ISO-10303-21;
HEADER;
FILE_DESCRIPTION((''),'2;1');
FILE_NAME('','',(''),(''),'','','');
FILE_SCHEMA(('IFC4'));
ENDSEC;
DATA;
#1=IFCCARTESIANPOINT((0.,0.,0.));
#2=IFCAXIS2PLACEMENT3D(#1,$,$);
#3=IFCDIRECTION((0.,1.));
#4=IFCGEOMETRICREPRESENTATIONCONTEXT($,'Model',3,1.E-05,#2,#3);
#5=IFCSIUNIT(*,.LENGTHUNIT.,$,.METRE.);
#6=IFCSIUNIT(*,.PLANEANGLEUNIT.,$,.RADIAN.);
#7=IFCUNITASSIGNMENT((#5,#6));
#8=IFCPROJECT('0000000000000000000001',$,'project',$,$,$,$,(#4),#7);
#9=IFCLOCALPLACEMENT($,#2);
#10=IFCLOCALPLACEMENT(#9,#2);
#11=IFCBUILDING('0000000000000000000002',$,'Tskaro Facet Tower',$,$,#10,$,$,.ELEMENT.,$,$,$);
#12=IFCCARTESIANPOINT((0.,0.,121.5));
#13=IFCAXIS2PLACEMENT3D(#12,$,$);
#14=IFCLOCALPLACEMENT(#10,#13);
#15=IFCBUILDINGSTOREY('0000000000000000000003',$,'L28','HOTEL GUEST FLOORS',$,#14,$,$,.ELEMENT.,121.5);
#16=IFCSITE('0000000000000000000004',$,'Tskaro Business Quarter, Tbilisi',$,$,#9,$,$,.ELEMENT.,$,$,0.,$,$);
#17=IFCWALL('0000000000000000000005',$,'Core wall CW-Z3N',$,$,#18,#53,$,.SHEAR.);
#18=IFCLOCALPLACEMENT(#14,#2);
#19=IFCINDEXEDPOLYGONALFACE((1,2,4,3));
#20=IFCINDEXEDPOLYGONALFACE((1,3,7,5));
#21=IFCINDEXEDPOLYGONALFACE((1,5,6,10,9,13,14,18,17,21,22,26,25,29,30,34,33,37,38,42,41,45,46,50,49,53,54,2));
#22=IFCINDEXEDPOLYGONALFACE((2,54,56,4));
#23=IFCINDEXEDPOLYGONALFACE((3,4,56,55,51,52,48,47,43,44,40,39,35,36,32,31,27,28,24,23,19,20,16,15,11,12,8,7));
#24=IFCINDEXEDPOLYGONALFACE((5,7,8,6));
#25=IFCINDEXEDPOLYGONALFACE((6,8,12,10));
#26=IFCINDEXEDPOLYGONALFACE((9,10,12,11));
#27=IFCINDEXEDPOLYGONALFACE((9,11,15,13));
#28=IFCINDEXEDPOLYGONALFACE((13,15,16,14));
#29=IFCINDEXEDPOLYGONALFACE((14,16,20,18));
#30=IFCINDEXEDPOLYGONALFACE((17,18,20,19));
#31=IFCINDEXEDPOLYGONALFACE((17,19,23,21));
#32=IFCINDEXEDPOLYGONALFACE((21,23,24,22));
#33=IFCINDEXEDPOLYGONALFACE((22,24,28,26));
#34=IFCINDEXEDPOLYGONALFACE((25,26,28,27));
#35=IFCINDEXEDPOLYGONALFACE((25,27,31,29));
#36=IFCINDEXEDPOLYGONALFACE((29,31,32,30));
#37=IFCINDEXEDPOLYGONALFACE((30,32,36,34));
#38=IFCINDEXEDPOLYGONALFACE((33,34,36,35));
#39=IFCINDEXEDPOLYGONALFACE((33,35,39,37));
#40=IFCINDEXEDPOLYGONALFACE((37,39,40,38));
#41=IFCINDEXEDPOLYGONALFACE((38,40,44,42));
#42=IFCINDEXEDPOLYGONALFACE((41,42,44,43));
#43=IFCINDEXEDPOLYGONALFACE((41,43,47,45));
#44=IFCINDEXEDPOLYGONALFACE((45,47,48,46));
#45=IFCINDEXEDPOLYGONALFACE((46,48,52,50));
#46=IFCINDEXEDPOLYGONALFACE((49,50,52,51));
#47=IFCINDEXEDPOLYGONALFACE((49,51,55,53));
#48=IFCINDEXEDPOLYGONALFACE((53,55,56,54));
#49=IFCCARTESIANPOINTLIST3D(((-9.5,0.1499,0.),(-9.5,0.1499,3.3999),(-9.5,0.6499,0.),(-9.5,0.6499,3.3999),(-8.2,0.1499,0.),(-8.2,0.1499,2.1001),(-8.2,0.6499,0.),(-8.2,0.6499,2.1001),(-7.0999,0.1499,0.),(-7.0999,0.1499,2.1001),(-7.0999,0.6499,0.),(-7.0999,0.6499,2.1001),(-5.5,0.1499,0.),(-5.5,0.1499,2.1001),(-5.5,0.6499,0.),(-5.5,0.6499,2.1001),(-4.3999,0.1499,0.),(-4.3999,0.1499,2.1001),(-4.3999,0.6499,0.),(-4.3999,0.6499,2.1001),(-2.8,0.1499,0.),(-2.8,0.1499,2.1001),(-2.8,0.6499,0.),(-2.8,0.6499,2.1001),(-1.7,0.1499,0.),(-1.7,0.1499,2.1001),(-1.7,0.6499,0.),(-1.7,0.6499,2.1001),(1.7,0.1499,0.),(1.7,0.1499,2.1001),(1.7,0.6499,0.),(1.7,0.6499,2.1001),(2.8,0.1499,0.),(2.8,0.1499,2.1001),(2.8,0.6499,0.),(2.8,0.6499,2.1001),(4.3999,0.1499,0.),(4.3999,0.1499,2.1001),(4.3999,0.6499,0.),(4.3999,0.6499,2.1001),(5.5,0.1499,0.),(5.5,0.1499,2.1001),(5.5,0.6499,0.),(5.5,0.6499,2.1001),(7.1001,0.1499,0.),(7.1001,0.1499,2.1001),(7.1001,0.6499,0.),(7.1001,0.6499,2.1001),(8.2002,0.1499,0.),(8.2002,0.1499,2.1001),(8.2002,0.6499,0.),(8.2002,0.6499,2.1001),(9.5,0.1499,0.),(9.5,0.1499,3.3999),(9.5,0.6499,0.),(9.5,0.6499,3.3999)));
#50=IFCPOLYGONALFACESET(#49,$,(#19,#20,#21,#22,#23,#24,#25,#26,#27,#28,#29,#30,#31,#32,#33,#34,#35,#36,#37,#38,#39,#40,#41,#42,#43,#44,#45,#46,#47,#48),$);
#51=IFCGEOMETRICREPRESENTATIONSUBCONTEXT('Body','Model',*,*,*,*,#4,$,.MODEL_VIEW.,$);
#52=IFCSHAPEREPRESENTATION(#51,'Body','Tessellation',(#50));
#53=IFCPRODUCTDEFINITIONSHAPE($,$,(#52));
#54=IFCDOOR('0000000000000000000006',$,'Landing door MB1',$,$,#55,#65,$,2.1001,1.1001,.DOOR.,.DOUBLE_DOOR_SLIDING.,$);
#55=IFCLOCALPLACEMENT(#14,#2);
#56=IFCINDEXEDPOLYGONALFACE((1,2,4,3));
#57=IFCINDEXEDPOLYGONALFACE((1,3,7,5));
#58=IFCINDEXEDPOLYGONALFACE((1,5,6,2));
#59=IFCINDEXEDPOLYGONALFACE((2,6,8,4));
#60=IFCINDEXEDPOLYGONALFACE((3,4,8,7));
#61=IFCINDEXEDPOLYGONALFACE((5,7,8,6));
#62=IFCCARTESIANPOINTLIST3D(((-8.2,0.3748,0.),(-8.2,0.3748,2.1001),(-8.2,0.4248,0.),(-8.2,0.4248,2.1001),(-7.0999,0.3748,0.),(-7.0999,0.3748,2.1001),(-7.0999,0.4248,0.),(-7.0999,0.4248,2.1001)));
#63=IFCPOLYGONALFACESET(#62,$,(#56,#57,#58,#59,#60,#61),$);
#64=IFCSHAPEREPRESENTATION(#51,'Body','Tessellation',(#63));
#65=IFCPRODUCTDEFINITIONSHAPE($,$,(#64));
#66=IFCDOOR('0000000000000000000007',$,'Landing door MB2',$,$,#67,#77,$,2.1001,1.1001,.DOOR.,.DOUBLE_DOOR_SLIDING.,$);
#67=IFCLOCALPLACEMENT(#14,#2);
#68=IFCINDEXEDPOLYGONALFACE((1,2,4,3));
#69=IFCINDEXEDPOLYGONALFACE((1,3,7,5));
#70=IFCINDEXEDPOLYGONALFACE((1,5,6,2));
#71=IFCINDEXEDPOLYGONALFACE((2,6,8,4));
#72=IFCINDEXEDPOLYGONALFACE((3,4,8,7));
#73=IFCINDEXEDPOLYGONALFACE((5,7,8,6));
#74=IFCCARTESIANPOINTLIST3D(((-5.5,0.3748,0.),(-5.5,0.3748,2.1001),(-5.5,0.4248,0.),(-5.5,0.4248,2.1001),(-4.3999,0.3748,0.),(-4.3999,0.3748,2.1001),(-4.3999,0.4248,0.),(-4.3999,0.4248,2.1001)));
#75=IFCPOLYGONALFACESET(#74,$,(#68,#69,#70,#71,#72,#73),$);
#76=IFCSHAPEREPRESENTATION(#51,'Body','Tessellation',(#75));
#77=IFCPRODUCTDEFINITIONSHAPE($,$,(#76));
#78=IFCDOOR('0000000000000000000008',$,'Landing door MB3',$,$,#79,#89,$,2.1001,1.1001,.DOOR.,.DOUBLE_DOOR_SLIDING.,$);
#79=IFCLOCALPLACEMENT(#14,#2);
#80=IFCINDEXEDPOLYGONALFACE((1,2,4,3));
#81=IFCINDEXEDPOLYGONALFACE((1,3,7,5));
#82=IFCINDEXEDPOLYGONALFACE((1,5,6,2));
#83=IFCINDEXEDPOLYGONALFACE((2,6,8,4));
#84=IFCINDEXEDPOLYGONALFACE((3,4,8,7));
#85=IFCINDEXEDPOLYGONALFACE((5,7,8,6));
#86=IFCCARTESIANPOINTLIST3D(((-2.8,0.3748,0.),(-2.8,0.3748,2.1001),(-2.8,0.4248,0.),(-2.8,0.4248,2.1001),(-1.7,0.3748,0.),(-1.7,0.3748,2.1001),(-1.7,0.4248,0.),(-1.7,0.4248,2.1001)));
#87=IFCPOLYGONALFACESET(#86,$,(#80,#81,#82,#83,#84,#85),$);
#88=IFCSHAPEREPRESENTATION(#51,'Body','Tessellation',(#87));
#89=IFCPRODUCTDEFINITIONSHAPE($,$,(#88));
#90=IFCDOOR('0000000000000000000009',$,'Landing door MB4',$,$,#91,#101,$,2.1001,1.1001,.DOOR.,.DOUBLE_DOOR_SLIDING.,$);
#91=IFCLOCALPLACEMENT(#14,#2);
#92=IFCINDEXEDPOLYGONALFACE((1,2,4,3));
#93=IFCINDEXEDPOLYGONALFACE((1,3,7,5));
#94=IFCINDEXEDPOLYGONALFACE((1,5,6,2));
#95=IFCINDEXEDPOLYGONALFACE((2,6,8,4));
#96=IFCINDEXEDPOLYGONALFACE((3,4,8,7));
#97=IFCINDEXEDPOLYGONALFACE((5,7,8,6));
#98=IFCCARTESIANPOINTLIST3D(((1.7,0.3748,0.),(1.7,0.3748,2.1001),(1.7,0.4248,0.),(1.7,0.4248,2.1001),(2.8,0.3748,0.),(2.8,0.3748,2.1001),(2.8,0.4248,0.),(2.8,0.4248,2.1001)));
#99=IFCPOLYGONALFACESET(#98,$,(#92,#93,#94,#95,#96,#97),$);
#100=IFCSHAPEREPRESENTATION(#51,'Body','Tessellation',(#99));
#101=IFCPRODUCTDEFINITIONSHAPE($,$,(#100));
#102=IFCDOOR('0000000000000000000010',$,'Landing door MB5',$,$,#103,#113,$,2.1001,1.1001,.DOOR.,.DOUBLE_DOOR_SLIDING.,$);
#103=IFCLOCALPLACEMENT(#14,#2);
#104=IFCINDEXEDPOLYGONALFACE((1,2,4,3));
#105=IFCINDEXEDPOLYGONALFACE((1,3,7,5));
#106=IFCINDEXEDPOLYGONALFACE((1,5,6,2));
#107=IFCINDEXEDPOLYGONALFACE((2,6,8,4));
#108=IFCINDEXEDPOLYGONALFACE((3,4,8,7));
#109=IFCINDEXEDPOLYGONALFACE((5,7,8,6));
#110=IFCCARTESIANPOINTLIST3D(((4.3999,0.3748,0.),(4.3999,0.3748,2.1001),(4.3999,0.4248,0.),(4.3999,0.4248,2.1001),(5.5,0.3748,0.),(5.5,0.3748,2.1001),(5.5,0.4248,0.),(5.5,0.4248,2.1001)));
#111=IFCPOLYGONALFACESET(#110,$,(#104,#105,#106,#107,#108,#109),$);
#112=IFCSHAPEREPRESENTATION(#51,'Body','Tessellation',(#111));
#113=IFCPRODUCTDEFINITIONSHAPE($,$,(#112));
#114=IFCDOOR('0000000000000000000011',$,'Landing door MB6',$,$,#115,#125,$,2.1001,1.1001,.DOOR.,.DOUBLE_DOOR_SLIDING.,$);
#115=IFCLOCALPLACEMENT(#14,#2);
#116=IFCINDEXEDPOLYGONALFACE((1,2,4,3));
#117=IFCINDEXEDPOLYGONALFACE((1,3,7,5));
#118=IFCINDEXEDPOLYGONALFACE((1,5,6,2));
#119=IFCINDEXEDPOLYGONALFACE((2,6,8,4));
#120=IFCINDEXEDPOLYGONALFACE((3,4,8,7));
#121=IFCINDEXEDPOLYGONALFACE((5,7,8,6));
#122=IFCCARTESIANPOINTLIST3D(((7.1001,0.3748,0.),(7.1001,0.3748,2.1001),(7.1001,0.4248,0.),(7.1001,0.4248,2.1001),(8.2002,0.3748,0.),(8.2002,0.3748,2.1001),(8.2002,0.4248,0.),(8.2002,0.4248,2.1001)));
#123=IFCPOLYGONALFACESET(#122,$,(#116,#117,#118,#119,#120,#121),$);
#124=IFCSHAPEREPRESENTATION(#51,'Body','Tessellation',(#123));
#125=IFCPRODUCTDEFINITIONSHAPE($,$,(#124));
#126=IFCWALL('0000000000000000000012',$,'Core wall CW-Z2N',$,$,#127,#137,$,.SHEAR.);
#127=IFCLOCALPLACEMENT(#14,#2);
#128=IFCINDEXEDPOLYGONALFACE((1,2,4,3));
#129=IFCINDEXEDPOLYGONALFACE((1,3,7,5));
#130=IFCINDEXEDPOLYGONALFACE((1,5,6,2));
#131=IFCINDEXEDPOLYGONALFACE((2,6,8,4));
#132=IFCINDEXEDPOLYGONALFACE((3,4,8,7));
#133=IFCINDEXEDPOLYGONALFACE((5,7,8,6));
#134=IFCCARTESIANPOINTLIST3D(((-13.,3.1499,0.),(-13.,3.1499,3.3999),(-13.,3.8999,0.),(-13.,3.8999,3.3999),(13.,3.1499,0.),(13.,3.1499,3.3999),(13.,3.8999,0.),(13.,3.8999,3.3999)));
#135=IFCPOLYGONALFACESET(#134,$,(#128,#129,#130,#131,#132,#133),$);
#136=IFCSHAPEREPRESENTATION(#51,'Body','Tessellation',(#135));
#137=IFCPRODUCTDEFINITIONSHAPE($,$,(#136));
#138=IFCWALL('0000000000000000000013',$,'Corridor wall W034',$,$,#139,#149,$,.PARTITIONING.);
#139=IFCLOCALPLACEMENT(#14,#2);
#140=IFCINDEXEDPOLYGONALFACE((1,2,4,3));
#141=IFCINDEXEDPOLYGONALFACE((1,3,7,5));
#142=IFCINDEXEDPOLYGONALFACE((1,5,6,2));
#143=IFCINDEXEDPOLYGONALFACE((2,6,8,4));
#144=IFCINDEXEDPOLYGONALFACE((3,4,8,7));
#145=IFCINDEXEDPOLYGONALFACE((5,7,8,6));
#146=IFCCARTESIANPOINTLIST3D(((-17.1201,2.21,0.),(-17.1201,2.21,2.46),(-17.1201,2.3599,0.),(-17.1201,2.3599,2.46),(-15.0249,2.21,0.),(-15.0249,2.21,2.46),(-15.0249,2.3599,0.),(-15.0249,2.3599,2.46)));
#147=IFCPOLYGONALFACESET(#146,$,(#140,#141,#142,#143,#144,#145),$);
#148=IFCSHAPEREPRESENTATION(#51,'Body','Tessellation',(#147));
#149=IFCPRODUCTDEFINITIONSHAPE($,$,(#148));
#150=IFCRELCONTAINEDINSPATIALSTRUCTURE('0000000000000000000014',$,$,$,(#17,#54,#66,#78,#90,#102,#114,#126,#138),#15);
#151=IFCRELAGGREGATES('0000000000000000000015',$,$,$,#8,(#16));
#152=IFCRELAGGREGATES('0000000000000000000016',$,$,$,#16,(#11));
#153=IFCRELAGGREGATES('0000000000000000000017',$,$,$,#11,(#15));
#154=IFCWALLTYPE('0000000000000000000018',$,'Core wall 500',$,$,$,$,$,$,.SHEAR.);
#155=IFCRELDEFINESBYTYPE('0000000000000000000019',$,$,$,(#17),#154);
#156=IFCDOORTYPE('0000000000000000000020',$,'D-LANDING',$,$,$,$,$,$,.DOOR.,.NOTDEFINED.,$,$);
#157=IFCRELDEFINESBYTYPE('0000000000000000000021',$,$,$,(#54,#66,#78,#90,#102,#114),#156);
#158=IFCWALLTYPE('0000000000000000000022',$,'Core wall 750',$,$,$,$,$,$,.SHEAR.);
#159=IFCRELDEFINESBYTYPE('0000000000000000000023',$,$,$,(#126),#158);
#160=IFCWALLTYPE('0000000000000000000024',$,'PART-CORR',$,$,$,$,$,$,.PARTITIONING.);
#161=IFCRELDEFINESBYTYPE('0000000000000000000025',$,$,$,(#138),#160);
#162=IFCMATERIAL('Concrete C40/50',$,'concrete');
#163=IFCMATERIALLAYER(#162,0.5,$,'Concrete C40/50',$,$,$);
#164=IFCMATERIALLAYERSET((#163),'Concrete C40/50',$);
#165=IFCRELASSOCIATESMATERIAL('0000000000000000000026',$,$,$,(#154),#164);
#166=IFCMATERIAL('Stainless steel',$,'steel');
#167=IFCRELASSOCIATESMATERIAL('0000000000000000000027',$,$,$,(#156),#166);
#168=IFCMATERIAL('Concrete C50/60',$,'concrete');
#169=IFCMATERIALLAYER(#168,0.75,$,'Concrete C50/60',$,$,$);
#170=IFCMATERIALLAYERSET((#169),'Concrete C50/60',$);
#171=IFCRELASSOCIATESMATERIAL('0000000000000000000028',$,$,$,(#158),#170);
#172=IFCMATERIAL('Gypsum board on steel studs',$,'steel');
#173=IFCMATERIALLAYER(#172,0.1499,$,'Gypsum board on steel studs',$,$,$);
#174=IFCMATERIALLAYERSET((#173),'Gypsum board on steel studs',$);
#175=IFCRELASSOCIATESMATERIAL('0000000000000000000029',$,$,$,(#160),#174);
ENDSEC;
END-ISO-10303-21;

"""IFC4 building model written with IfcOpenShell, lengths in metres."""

from ifc_helpers import new_model, si_unit, direction, frame, frame_2d, origin, place, context, subcontext, project, spatial, rectangle, extrude, material, layer, layer_set, type_object, element, fill, save


model = new_model("IFC4")

# Units and contexts
model_context = context("Model", 3, precision=1e-05, world=origin(), true_north=direction((0.0, 1.0)))
body_context = subcontext(model_context, "Body", "Model", "MODEL_VIEW")
ifc_project = project(units=[si_unit("LENGTHUNIT", "METRE"), si_unit("PLANEANGLEUNIT", "RADIAN")], contexts=[model_context])

# Site, building, storey
site_placement = place(None, origin())
site = spatial("IfcSite", under=ifc_project, at=site_placement, Name="Tskaro Business Quarter, Tbilisi", CompositionType="ELEMENT", RefElevation=0.0)
building_placement = place(site_placement, origin())
building = spatial("IfcBuilding", under=site, at=building_placement, Name="Tskaro Facet Tower", CompositionType="ELEMENT")
storey_placement = place(building_placement, frame((0.0, 0.0, 121.5)))
storey = spatial("IfcBuildingStorey", under=building, at=storey_placement, Name="L28", Description="HOTEL GUEST FLOORS", CompositionType="ELEMENT", Elevation=121.5)

# Wall, openings, doors
ifc_material_1 = material(Name="Concrete C40/50", Category="concrete")
ifc_layer_1 = layer(ifc_material_1, 0.5, Name="Concrete C40/50")
ifc_layer_set_1 = layer_set([ifc_layer_1], Name="Concrete C40/50")
wall_type_1 = type_object("IfcWallType", Name="Core wall 500", PredefinedType="SHEAR", material=ifc_layer_set_1)
wall_1_placement = place(storey_placement, frame((-9.5, 0.3999, 0.0), z_axis=(0.0, 0.0, 1.0), x_axis=(1.0, 0.0, 0.0)))
wall_1 = element("IfcWall", 1, at=wall_1_placement, inside=storey, type_object=wall_type_1, Name="Core wall CW-Z3N", PredefinedType="SHEAR", context=body_context, shape_type="SweptSolid", body=[
    extrude(rectangle(XDim=19.0, YDim=0.5, at=frame_2d((9.5, 0.0))), origin(), (0.0, 0.0, 1.0), 3.3999),
])
opening_1_placement = place(wall_1_placement, frame((1.3, 0.0, 0.0)))
opening_1 = element("IfcOpeningElement", 2, at=opening_1_placement, cuts=wall_1, PredefinedType="OPENING", context=body_context, shape_type="SweptSolid", body=[
    extrude(rectangle(XDim=1.1001, YDim=2.1001, at=frame_2d((0.55, 1.05))), frame((0.0, 0.26, 0.0), z_axis=(0.0, -1.0, 0.0), x_axis=(1.0, 0.0, 0.0)), (0.0, 0.0, 1.0), 0.52),
])
opening_2_placement = place(wall_1_placement, frame((4.0, 0.0, 0.0)))
opening_2 = element("IfcOpeningElement", 3, at=opening_2_placement, cuts=wall_1, PredefinedType="OPENING", context=body_context, shape_type="SweptSolid", body=[
    extrude(rectangle(XDim=1.1001, YDim=2.1001, at=frame_2d((0.55, 1.05))), frame((0.0, 0.26, 0.0), z_axis=(0.0, -1.0, 0.0), x_axis=(1.0, 0.0, 0.0)), (0.0, 0.0, 1.0), 0.52),
])
opening_3_placement = place(wall_1_placement, frame((6.7, 0.0, 0.0)))
opening_3 = element("IfcOpeningElement", 4, at=opening_3_placement, cuts=wall_1, PredefinedType="OPENING", context=body_context, shape_type="SweptSolid", body=[
    extrude(rectangle(XDim=1.1001, YDim=2.1001, at=frame_2d((0.55, 1.05))), frame((0.0, 0.26, 0.0), z_axis=(0.0, -1.0, 0.0), x_axis=(1.0, 0.0, 0.0)), (0.0, 0.0, 1.0), 0.52),
])
opening_4_placement = place(wall_1_placement, frame((11.2, 0.0, 0.0)))
opening_4 = element("IfcOpeningElement", 5, at=opening_4_placement, cuts=wall_1, PredefinedType="OPENING", context=body_context, shape_type="SweptSolid", body=[
    extrude(rectangle(XDim=1.1001, YDim=2.1001, at=frame_2d((0.55, 1.05))), frame((0.0, 0.26, 0.0), z_axis=(0.0, -1.0, 0.0), x_axis=(1.0, 0.0, 0.0)), (0.0, 0.0, 1.0), 0.52),
])
opening_5_placement = place(wall_1_placement, frame((13.8999, 0.0, 0.0)))
opening_5 = element("IfcOpeningElement", 6, at=opening_5_placement, cuts=wall_1, PredefinedType="OPENING", context=body_context, shape_type="SweptSolid", body=[
    extrude(rectangle(XDim=1.1001, YDim=2.1001, at=frame_2d((0.55, 1.05))), frame((0.0, 0.26, 0.0), z_axis=(0.0, -1.0, 0.0), x_axis=(1.0, 0.0, 0.0)), (0.0, 0.0, 1.0), 0.52),
])
opening_6_placement = place(wall_1_placement, frame((16.6001, 0.0, 0.0)))
opening_6 = element("IfcOpeningElement", 7, at=opening_6_placement, cuts=wall_1, PredefinedType="OPENING", context=body_context, shape_type="SweptSolid", body=[
    extrude(rectangle(XDim=1.1001, YDim=2.1001, at=frame_2d((0.55, 1.05))), frame((0.0, 0.26, 0.0), z_axis=(0.0, -1.0, 0.0), x_axis=(1.0, 0.0, 0.0)), (0.0, 0.0, 1.0), 0.52),
])
ifc_material_2 = material(Name="Stainless steel", Category="steel")
door_type_1 = type_object("IfcDoorType", Name="D-LANDING", OperationType="NOTDEFINED", PredefinedType="DOOR", material=ifc_material_2)
door_1_placement = place(opening_1_placement, origin())
door_1 = element("IfcDoor", 8, at=door_1_placement, inside=storey, type_object=door_type_1, Name="Landing door MB1", OperationType="DOUBLE_DOOR_SLIDING", OverallHeight=2.1001, OverallWidth=1.1001, PredefinedType="DOOR", context=body_context, shape_type="SweptSolid", body=[
    extrude(rectangle(XDim=1.1001, YDim=2.1001, at=frame_2d((0.55, 1.05))), frame((0.0, 0.0249, 0.0), z_axis=(0.0, -1.0, 0.0), x_axis=(1.0, 0.0, 0.0)), (0.0, 0.0, 1.0), 0.05),
])
fill(opening_1, door_1)
door_2_placement = place(opening_2_placement, origin())
door_2 = element("IfcDoor", 9, at=door_2_placement, inside=storey, type_object=door_type_1, Name="Landing door MB2", OperationType="DOUBLE_DOOR_SLIDING", OverallHeight=2.1001, OverallWidth=1.1001, PredefinedType="DOOR", context=body_context, shape_type="SweptSolid", body=[
    extrude(rectangle(XDim=1.1001, YDim=2.1001, at=frame_2d((0.55, 1.05))), frame((0.0, 0.0249, 0.0), z_axis=(0.0, -1.0, 0.0), x_axis=(1.0, 0.0, 0.0)), (0.0, 0.0, 1.0), 0.05),
])
fill(opening_2, door_2)
door_3_placement = place(opening_3_placement, origin())
door_3 = element("IfcDoor", 10, at=door_3_placement, inside=storey, type_object=door_type_1, Name="Landing door MB3", OperationType="DOUBLE_DOOR_SLIDING", OverallHeight=2.1001, OverallWidth=1.1001, PredefinedType="DOOR", context=body_context, shape_type="SweptSolid", body=[
    extrude(rectangle(XDim=1.1001, YDim=2.1001, at=frame_2d((0.55, 1.05))), frame((0.0, 0.0249, 0.0), z_axis=(0.0, -1.0, 0.0), x_axis=(1.0, 0.0, 0.0)), (0.0, 0.0, 1.0), 0.05),
])
fill(opening_3, door_3)
door_4_placement = place(opening_4_placement, origin())
door_4 = element("IfcDoor", 11, at=door_4_placement, inside=storey, type_object=door_type_1, Name="Landing door MB4", OperationType="DOUBLE_DOOR_SLIDING", OverallHeight=2.1001, OverallWidth=1.1001, PredefinedType="DOOR", context=body_context, shape_type="SweptSolid", body=[
    extrude(rectangle(XDim=1.1001, YDim=2.1001, at=frame_2d((0.55, 1.05))), frame((0.0, 0.0249, 0.0), z_axis=(0.0, -1.0, 0.0), x_axis=(1.0, 0.0, 0.0)), (0.0, 0.0, 1.0), 0.05),
])
fill(opening_4, door_4)
door_5_placement = place(opening_5_placement, origin())
door_5 = element("IfcDoor", 12, at=door_5_placement, inside=storey, type_object=door_type_1, Name="Landing door MB5", OperationType="DOUBLE_DOOR_SLIDING", OverallHeight=2.1001, OverallWidth=1.1001, PredefinedType="DOOR", context=body_context, shape_type="SweptSolid", body=[
    extrude(rectangle(XDim=1.1001, YDim=2.1001, at=frame_2d((0.55, 1.05))), frame((0.0, 0.0249, 0.0), z_axis=(0.0, -1.0, 0.0), x_axis=(1.0, 0.0, 0.0)), (0.0, 0.0, 1.0), 0.05),
])
fill(opening_5, door_5)
door_6_placement = place(opening_6_placement, origin())
door_6 = element("IfcDoor", 13, at=door_6_placement, inside=storey, type_object=door_type_1, Name="Landing door MB6", OperationType="DOUBLE_DOOR_SLIDING", OverallHeight=2.1001, OverallWidth=1.1001, PredefinedType="DOOR", context=body_context, shape_type="SweptSolid", body=[
    extrude(rectangle(XDim=1.1001, YDim=2.1001, at=frame_2d((0.55, 1.05))), frame((0.0, 0.0249, 0.0), z_axis=(0.0, -1.0, 0.0), x_axis=(1.0, 0.0, 0.0)), (0.0, 0.0, 1.0), 0.05),
])
fill(opening_6, door_6)

# Walls
ifc_material_3 = material(Name="Concrete C50/60", Category="concrete")
ifc_layer_2 = layer(ifc_material_3, 0.75, Name="Concrete C50/60")
ifc_layer_set_2 = layer_set([ifc_layer_2], Name="Concrete C50/60")
wall_type_2 = type_object("IfcWallType", Name="Core wall 750", PredefinedType="SHEAR", material=ifc_layer_set_2)
wall_2_placement = place(storey_placement, frame((-13.0, 3.5249, 0.0), z_axis=(0.0, 0.0, 1.0), x_axis=(1.0, 0.0, 0.0)))
element("IfcWall", 14, at=wall_2_placement, inside=storey, type_object=wall_type_2, Name="Core wall CW-Z2N", PredefinedType="SHEAR", context=body_context, shape_type="SweptSolid", body=[
    extrude(rectangle(XDim=26.0, YDim=0.75, at=frame_2d((13.0, 0.0))), origin(), (0.0, 0.0, 1.0), 3.3999),
])
ifc_material_4 = material(Name="Gypsum board on steel studs", Category="steel")
ifc_layer_3 = layer(ifc_material_4, 0.1499, Name="Gypsum board on steel studs")
ifc_layer_set_3 = layer_set([ifc_layer_3], Name="Gypsum board on steel studs")
wall_type_3 = type_object("IfcWallType", Name="PART-CORR", PredefinedType="PARTITIONING", material=ifc_layer_set_3)
wall_3_placement = place(storey_placement, frame((-17.1201, 2.2849, 0.0), z_axis=(0.0, 0.0, 1.0), x_axis=(1.0, 0.0, 0.0)))
element("IfcWall", 15, at=wall_3_placement, inside=storey, type_object=wall_type_3, Name="Corridor wall W034", PredefinedType="PARTITIONING", context=body_context, shape_type="SweptSolid", body=[
    extrude(rectangle(XDim=2.0952, YDim=0.1499, at=frame_2d((1.0476, 0.0))), origin(), (0.0, 0.0, 1.0), 2.46),
])

save(model, "model.ifc")
